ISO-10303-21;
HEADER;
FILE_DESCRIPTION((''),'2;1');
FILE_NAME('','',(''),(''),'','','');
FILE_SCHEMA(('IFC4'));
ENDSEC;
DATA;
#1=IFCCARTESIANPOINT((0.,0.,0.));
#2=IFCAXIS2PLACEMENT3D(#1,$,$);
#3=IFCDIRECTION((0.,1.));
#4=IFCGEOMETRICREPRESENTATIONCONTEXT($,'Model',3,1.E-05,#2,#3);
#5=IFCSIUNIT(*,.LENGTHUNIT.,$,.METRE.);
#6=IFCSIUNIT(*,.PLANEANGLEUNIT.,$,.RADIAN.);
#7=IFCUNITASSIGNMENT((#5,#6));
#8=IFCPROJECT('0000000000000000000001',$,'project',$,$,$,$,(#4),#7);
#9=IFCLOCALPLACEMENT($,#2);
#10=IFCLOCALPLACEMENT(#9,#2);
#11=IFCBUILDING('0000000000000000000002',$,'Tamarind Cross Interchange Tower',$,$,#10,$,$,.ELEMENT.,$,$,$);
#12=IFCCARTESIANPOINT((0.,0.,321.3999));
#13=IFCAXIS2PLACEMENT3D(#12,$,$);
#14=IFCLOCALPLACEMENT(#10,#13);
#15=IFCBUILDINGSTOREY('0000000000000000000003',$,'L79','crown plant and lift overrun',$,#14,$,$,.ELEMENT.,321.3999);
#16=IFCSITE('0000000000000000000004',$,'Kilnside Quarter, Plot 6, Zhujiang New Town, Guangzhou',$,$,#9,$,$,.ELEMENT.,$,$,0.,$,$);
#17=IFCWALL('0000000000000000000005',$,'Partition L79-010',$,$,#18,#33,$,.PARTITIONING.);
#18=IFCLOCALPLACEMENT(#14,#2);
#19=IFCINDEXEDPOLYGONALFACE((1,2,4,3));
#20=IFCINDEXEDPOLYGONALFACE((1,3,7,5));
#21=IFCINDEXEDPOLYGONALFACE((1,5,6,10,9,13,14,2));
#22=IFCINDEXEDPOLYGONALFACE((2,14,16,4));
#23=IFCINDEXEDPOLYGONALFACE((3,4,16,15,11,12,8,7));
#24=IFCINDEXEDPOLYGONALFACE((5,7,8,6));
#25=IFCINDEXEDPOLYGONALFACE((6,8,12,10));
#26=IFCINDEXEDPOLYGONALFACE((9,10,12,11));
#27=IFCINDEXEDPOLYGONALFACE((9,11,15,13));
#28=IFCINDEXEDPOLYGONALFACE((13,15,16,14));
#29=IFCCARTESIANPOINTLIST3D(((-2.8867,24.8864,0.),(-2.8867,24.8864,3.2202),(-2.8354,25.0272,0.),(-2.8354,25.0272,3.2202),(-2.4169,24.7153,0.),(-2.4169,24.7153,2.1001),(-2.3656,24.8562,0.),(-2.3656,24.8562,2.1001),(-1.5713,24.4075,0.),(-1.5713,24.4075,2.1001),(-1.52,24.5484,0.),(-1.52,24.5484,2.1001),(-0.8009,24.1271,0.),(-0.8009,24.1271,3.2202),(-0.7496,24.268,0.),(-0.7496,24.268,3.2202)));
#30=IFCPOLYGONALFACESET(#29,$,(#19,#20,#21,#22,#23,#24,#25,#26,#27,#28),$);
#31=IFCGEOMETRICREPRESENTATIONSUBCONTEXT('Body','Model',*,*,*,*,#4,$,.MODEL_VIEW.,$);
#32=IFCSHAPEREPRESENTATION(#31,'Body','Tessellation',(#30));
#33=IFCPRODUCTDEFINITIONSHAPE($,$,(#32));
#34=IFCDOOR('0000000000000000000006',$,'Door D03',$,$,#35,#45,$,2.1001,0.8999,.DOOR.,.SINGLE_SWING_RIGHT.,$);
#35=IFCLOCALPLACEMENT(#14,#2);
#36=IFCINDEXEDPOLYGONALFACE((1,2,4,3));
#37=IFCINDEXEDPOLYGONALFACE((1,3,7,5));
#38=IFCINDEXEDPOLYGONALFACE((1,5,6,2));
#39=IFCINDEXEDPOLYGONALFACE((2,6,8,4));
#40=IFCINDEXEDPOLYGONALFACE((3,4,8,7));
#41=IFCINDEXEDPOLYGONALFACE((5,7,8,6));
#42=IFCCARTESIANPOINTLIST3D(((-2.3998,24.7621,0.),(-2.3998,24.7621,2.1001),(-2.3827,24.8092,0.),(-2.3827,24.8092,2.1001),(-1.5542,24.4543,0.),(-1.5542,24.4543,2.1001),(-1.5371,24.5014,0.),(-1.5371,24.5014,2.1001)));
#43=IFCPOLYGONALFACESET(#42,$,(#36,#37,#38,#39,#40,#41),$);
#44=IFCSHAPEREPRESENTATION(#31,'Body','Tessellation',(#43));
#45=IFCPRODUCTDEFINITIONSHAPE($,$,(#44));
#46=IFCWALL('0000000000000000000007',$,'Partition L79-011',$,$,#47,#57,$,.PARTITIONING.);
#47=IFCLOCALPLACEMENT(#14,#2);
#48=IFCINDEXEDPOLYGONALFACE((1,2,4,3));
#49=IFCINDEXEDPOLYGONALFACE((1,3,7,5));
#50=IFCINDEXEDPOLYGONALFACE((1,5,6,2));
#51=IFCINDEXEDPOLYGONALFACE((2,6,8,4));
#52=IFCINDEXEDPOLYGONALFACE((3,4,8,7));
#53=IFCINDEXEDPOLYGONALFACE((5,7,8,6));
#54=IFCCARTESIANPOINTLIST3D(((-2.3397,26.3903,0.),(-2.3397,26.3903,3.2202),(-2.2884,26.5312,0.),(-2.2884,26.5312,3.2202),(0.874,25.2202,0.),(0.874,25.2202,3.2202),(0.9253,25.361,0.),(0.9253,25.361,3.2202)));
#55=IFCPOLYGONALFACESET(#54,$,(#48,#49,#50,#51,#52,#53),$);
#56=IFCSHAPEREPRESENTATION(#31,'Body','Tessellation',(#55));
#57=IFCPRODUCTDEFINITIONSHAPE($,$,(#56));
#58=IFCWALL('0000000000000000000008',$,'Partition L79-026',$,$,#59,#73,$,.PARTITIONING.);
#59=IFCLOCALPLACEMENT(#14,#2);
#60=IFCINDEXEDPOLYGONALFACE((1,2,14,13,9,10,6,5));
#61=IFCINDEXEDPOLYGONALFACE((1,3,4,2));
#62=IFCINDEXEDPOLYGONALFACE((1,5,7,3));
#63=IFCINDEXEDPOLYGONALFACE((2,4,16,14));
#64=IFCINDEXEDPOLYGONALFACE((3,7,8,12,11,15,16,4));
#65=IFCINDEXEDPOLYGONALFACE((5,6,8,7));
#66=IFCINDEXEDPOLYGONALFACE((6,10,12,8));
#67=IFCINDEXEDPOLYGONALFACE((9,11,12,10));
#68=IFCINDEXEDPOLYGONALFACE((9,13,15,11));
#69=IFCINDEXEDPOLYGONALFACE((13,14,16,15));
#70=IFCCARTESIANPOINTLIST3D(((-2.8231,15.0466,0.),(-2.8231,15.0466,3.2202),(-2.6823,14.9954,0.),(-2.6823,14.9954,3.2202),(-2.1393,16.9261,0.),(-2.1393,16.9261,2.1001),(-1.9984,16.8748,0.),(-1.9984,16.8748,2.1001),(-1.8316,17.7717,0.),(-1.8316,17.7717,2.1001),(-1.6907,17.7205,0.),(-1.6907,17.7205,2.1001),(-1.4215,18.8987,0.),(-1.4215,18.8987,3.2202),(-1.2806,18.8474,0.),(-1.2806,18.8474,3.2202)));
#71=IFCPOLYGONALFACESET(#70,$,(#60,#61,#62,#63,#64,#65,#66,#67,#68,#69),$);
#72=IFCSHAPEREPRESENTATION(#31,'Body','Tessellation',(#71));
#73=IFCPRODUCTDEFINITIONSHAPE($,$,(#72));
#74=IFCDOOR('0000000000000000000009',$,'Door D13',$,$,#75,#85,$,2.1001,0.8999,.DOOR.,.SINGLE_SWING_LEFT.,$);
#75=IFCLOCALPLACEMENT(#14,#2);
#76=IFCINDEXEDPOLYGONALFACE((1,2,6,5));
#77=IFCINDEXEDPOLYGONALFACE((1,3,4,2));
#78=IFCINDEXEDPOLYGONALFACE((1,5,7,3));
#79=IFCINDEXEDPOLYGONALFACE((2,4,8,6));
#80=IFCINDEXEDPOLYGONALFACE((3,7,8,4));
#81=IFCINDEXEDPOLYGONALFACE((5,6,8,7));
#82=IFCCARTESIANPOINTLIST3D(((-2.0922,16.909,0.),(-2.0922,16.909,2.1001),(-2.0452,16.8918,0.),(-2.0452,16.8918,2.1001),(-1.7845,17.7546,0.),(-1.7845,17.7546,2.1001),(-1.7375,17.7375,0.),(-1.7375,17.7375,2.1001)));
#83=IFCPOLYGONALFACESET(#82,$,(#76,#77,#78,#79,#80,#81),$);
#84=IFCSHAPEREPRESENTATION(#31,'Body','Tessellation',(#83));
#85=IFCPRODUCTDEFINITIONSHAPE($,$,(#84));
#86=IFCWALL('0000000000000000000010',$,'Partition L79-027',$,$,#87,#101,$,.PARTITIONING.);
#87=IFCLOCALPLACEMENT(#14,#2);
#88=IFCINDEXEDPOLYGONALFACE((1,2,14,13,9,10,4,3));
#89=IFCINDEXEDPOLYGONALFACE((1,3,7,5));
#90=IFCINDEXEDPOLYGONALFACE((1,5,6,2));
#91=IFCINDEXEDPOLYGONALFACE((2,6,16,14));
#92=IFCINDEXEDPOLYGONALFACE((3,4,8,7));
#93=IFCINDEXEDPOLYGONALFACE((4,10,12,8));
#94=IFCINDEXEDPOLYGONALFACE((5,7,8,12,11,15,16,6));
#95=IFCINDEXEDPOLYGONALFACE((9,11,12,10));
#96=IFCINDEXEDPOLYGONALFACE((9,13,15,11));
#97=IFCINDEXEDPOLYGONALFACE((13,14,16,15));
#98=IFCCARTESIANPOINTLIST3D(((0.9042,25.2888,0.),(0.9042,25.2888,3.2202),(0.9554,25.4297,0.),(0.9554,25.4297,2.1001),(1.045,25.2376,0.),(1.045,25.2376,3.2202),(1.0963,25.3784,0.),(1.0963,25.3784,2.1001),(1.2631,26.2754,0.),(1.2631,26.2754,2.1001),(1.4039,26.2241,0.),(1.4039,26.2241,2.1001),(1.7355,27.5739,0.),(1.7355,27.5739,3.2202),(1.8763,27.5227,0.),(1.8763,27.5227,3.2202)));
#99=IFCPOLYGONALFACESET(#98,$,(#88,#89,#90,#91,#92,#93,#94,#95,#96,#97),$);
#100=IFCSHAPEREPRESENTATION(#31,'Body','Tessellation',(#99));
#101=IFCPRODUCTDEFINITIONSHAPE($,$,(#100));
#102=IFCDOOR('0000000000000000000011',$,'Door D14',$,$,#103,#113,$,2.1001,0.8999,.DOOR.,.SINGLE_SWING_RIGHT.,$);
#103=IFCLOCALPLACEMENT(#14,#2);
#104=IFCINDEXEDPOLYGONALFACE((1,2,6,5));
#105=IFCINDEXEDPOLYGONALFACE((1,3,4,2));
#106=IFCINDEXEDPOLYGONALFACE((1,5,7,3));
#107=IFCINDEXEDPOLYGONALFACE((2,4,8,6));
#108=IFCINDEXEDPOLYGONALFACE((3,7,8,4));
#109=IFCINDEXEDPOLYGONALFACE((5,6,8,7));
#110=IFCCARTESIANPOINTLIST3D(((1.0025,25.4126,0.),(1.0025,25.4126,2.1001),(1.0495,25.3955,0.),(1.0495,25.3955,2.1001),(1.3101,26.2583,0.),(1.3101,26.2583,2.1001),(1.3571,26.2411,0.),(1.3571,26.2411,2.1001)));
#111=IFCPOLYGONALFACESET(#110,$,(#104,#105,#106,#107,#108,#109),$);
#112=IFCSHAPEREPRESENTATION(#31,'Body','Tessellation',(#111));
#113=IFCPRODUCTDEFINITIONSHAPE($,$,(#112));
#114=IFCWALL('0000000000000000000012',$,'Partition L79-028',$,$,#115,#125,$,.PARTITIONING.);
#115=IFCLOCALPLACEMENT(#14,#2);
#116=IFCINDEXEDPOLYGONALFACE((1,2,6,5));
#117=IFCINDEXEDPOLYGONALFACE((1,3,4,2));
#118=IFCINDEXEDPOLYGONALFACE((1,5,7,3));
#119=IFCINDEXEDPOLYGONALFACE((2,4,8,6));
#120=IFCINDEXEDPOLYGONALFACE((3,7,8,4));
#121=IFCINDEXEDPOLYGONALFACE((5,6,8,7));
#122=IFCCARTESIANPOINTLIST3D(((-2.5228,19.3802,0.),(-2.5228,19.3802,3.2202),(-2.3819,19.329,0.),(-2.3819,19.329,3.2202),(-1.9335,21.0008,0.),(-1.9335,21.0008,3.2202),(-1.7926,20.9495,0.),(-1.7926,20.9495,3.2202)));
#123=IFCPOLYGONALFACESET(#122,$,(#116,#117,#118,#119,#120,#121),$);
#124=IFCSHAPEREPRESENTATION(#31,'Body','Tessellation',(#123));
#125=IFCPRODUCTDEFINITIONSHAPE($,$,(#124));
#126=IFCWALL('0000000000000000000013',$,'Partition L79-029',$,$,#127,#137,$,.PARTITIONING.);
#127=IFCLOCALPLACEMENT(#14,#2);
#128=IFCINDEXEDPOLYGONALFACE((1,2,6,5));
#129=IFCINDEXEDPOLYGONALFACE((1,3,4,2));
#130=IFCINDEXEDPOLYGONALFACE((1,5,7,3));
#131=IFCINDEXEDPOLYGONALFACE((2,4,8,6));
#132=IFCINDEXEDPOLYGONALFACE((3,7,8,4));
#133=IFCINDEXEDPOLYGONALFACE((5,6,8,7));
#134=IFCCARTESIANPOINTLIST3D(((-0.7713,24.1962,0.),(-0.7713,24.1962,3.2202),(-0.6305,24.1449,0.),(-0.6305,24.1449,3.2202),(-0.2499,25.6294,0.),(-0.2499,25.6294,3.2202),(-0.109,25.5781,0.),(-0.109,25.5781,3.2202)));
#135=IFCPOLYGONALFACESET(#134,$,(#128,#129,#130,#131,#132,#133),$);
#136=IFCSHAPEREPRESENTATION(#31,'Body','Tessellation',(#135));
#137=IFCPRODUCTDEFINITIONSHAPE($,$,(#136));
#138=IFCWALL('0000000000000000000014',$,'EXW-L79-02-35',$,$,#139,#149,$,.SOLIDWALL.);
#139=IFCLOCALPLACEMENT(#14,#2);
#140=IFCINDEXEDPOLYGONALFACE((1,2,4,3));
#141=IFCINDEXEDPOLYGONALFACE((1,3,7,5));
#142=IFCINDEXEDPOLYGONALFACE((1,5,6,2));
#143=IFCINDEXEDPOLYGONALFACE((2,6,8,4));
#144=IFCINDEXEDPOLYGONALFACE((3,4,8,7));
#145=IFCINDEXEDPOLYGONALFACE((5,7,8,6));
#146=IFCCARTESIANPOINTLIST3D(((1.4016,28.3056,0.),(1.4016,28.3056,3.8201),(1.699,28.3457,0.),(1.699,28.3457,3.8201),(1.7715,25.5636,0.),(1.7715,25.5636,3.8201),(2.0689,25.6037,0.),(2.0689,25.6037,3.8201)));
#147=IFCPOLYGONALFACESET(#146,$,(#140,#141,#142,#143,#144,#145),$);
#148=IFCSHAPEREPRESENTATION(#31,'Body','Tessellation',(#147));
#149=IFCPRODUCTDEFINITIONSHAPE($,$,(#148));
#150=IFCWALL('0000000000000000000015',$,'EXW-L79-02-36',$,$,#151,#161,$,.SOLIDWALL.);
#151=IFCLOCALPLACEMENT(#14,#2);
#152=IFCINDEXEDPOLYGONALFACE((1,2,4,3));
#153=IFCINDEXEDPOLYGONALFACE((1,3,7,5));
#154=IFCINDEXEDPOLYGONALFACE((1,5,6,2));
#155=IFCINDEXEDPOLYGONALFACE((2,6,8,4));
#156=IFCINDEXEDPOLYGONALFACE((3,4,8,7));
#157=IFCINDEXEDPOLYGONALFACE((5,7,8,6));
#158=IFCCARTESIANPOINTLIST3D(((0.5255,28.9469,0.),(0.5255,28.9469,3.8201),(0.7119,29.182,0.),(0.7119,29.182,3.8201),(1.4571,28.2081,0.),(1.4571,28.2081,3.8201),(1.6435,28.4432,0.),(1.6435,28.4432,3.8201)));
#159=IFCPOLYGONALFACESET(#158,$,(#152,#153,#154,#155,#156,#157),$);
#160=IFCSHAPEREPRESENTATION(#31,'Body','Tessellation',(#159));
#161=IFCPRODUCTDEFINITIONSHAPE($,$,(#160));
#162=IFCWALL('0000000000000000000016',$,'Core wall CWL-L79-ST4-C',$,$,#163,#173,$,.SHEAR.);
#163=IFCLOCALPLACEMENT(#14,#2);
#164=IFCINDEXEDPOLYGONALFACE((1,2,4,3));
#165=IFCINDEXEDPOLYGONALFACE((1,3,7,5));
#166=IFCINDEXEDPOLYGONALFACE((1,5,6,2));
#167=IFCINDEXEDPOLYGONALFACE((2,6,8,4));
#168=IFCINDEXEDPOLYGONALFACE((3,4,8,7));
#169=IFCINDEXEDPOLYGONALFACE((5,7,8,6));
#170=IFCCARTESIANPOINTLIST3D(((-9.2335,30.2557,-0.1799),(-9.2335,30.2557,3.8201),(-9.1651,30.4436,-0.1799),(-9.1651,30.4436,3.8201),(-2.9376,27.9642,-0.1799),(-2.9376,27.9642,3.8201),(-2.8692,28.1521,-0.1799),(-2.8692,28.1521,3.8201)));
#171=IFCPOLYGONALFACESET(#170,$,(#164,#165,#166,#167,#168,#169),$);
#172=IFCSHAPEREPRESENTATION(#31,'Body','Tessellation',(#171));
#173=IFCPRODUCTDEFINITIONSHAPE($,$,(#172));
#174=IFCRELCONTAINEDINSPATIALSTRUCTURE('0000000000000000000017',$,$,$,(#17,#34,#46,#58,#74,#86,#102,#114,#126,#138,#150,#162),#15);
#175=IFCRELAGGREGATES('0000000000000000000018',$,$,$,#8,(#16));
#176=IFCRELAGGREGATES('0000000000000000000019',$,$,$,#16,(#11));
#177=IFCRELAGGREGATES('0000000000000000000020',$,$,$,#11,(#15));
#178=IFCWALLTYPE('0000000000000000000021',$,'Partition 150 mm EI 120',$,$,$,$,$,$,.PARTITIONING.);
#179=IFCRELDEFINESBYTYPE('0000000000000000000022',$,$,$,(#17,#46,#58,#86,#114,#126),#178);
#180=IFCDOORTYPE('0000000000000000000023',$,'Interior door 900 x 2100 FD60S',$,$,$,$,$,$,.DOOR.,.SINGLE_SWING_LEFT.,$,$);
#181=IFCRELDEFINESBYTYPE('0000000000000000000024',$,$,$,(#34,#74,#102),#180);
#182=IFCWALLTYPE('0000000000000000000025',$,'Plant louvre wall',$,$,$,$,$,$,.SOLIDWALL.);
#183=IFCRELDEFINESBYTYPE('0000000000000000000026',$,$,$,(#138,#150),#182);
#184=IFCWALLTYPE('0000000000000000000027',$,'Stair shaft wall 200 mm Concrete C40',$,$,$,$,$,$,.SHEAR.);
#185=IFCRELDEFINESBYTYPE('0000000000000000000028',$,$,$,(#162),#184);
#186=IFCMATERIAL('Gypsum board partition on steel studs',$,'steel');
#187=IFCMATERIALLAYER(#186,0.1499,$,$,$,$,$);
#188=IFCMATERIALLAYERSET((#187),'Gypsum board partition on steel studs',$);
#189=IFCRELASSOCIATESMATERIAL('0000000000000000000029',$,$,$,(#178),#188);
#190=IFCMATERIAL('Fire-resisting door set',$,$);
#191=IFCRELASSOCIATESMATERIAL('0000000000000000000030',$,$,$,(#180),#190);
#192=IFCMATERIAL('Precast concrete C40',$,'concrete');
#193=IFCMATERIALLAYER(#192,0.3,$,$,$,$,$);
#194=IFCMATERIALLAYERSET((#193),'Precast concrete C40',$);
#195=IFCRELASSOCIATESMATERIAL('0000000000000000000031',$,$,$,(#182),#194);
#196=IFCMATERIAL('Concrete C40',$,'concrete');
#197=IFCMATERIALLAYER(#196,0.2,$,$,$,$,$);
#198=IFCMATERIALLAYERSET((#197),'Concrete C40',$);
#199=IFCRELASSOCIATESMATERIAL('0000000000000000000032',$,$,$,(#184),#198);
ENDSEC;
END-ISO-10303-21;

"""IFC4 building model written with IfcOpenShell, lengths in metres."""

from ifc_helpers import new_model, si_unit, direction, frame, frame_2d, origin, place, context, subcontext, project, spatial, rectangle, extrude, material, layer, layer_set, type_object, element, fill, save


model = new_model("IFC4")

# Units and contexts
model_context = context("Model", 3, precision=1e-05, world=origin(), true_north=direction((0.0, 1.0)))
body_context = subcontext(model_context, "Body", "Model", "MODEL_VIEW")
ifc_project = project(units=[si_unit("LENGTHUNIT", "METRE"), si_unit("PLANEANGLEUNIT", "RADIAN")], contexts=[model_context])

# Site, building, storey
site_placement = place(None, origin())
site = spatial("IfcSite", under=ifc_project, at=site_placement, Name="Kilnside Quarter, Plot 6, Zhujiang New Town, Guangzhou", CompositionType="ELEMENT", RefElevation=0.0)
building_placement = place(site_placement, origin())
building = spatial("IfcBuilding", under=site, at=building_placement, Name="Tamarind Cross Interchange Tower", CompositionType="ELEMENT")
storey_placement = place(building_placement, frame((0.0, 0.0, 321.3999)))
storey = spatial("IfcBuildingStorey", under=building, at=storey_placement, Name="L79", Description="crown plant and lift overrun", CompositionType="ELEMENT", Elevation=321.3999)

# Wall, opening, door
ifc_material_1 = material(Name="Gypsum board partition on steel studs", Category="steel")
ifc_layer_1 = layer(ifc_material_1, 0.1499)
ifc_layer_set_1 = layer_set([ifc_layer_1], Name="Gypsum board partition on steel studs")
wall_type_1 = type_object("IfcWallType", Name="Partition 150 mm EI 120", PredefinedType="PARTITIONING", material=ifc_layer_set_1)
wall_1_placement = place(storey_placement, frame((-2.8611, 24.9568, 0.0), z_axis=(0.0, 0.0, 1.0), x_axis=(0.939684, -0.342043, 0.0)))
wall_1 = element("IfcWall", 1, at=wall_1_placement, inside=storey, type_object=wall_type_1, Name="Partition L79-010", PredefinedType="PARTITIONING", context=body_context, shape_type="SweptSolid", body=[
    extrude(rectangle(XDim=2.2197, YDim=0.1499, at=frame_2d((1.1099, 0.0))), origin(), (0.0, 0.0, 1.0), 3.2202),
])
opening_1_placement = place(wall_1_placement, frame((0.5, 0.0, 0.0)))
opening_1 = element("IfcOpeningElement", 2, at=opening_1_placement, cuts=wall_1, PredefinedType="OPENING", context=body_context, shape_type="SweptSolid", body=[
    extrude(rectangle(XDim=0.8999, YDim=2.1001, at=frame_2d((0.45, 1.05))), frame((0.0, 0.085, 0.0), z_axis=(0.0, -1.0, 0.0), x_axis=(1.0, 0.0, 0.0)), (0.0, 0.0, 1.0), 0.1699),
])
ifc_material_2 = material(Name="Fire-resisting door set")
door_type = type_object("IfcDoorType", Name="Interior door 900 x 2100 FD60S", OperationType="SINGLE_SWING_LEFT", PredefinedType="DOOR", material=ifc_material_2)
door_1_placement = place(opening_1_placement, origin())
door_1 = element("IfcDoor", 3, at=door_1_placement, inside=storey, type_object=door_type, Name="Door D03", OperationType="SINGLE_SWING_RIGHT", OverallHeight=2.1001, OverallWidth=0.8999, PredefinedType="DOOR", context=body_context, shape_type="SweptSolid", body=[
    extrude(rectangle(XDim=0.8999, YDim=2.1001, at=frame_2d((0.45, 1.05))), frame((0.0, 0.0249, 0.0), z_axis=(0.0, -1.0, 0.0), x_axis=(1.0, 0.0, 0.0)), (0.0, 0.0, 1.0), 0.05),
])
fill(opening_1, door_1)

# Wall
wall_2_placement = place(storey_placement, frame((-2.314, 26.4607, 0.0), z_axis=(0.0, 0.0, 1.0), x_axis=(0.939654, -0.342127, 0.0)))
element("IfcWall", 4, at=wall_2_placement, inside=storey, type_object=wall_type_1, Name="Partition L79-011", PredefinedType="PARTITIONING", context=body_context, shape_type="SweptSolid", body=[
    extrude(rectangle(XDim=3.4202, YDim=0.1499, at=frame_2d((1.71, 0.0))), origin(), (0.0, 0.0, 1.0), 3.2202),
])

# Walls, openings, doors
wall_3_placement = place(storey_placement, frame((-2.7527, 15.021, 0.0), z_axis=(0.0, 0.0, 1.0), x_axis=(0.34193, 0.939726, 0.0)))
wall_3 = element("IfcWall", 5, at=wall_3_placement, inside=storey, type_object=wall_type_1, Name="Partition L79-026", PredefinedType="PARTITIONING", context=body_context, shape_type="SweptSolid", body=[
    extrude(rectangle(XDim=4.0991, YDim=0.1499, at=frame_2d((2.0496, 0.0))), origin(), (0.0, 0.0, 1.0), 3.2202),
])
opening_2_placement = place(wall_3_placement, frame((2.0, 0.0, 0.0)))
opening_2 = element("IfcOpeningElement", 6, at=opening_2_placement, cuts=wall_3, PredefinedType="OPENING", context=body_context, shape_type="SweptSolid", body=[
    extrude(rectangle(XDim=0.8999, YDim=2.1001, at=frame_2d((0.45, 1.05))), frame((0.0, 0.085, 0.0), z_axis=(0.0, -1.0, 0.0), x_axis=(1.0, 0.0, 0.0)), (0.0, 0.0, 1.0), 0.1699),
])
door_2_placement = place(opening_2_placement, origin())
door_2 = element("IfcDoor", 7, at=door_2_placement, inside=storey, type_object=door_type, Name="Door D13", OperationType="SINGLE_SWING_LEFT", OverallHeight=2.1001, OverallWidth=0.8999, PredefinedType="DOOR", context=body_context, shape_type="SweptSolid", body=[
    extrude(rectangle(XDim=0.8999, YDim=2.1001, at=frame_2d((0.45, 1.05))), frame((0.0, 0.0249, 0.0), z_axis=(0.0, -1.0, 0.0), x_axis=(1.0, 0.0, 0.0)), (0.0, 0.0, 1.0), 0.05),
])
fill(opening_2, door_2)
wall_4_placement = place(storey_placement, frame((0.9746, 25.2632, 0.0), z_axis=(0.0, 0.0, 1.0), x_axis=(0.341864, 0.939749, 0.0)))
wall_4 = element("IfcWall", 8, at=wall_4_placement, inside=storey, type_object=wall_type_1, Name="Partition L79-027", PredefinedType="PARTITIONING", context=body_context, shape_type="SweptSolid", body=[
    extrude(rectangle(XDim=2.4316, YDim=0.1499, at=frame_2d((1.2158, 0.0))), origin(), (0.0, 0.0, 1.0), 3.2202),
])
opening_3_placement = place(wall_4_placement, frame((0.1499, 0.0, 0.0)))
opening_3 = element("IfcOpeningElement", 9, at=opening_3_placement, cuts=wall_4, PredefinedType="OPENING", context=body_context, shape_type="SweptSolid", body=[
    extrude(rectangle(XDim=0.8999, YDim=2.1001, at=frame_2d((0.45, 1.05))), frame((0.0, 0.085, 0.0), z_axis=(0.0, -1.0, 0.0), x_axis=(1.0, 0.0, 0.0)), (0.0, 0.0, 1.0), 0.1699),
])
door_3_placement = place(opening_3_placement, origin())
door_3 = element("IfcDoor", 10, at=door_3_placement, inside=storey, type_object=door_type, Name="Door D14", OperationType="SINGLE_SWING_RIGHT", OverallHeight=2.1001, OverallWidth=0.8999, PredefinedType="DOOR", context=body_context, shape_type="SweptSolid", body=[
    extrude(rectangle(XDim=0.8999, YDim=2.1001, at=frame_2d((0.45, 1.05))), frame((0.0, 0.0249, 0.0), z_axis=(0.0, -1.0, 0.0), x_axis=(1.0, 0.0, 0.0)), (0.0, 0.0, 1.0), 0.05),
])
fill(opening_3, door_3)

# Walls
wall_5_placement = place(storey_placement, frame((-2.4524, 19.3545, 0.0), z_axis=(0.0, 0.0, 1.0), x_axis=(0.341766, 0.939785, 0.0)))
element("IfcWall", 11, at=wall_5_placement, inside=storey, type_object=wall_type_1, Name="Partition L79-028", PredefinedType="PARTITIONING", context=body_context, shape_type="SweptSolid", body=[
    extrude(rectangle(XDim=1.7244, YDim=0.1499, at=frame_2d((0.8623, 0.0))), origin(), (0.0, 0.0, 1.0), 3.2202),
])
wall_6_placement = place(storey_placement, frame((-0.7009, 24.1704, 0.0), z_axis=(0.0, 0.0, 1.0), x_axis=(0.341897, 0.939737, 0.0)))
element("IfcWall", 12, at=wall_6_placement, inside=storey, type_object=wall_type_1, Name="Partition L79-029", PredefinedType="PARTITIONING", context=body_context, shape_type="SweptSolid", body=[
    extrude(rectangle(XDim=1.5251, YDim=0.1499, at=frame_2d((0.7627, 0.0))), origin(), (0.0, 0.0, 1.0), 3.2202),
])

# Shared definitions
ifc_material_3 = material(Name="Precast concrete C40", Category="concrete")
ifc_layer_2 = layer(ifc_material_3, 0.3)
ifc_layer_set_2 = layer_set([ifc_layer_2], Name="Precast concrete C40")
wall_type_2 = type_object("IfcWallType", Name="Plant louvre wall", PredefinedType="SOLIDWALL", material=ifc_layer_set_2)

# Walls
wall_7_placement = place(storey_placement, frame((1.9202, 25.5837, 0.0), z_axis=(0.0, 0.0, 1.0), x_axis=(-0.133684, 0.991024, 0.0)))
element("IfcWall", 13, at=wall_7_placement, inside=storey, type_object=wall_type_2, Name="EXW-L79-02-35", PredefinedType="SOLIDWALL", context=body_context, shape_type="SweptSolid", body=[
    extrude(rectangle(XDim=2.7668, YDim=0.3, at=frame_2d((1.3833, 0.0))), origin(), (0.0, 0.0, 1.0), 3.8201),
])
wall_8_placement = place(storey_placement, frame((1.5503, 28.3257, 0.0), z_axis=(0.0, 0.0, 1.0), x_axis=(-0.783546, 0.621334, 0.0)))
element("IfcWall", 14, at=wall_8_placement, inside=storey, type_object=wall_type_2, Name="EXW-L79-02-36", PredefinedType="SOLIDWALL", context=body_context, shape_type="SweptSolid", body=[
    extrude(rectangle(XDim=1.189, YDim=0.3, at=frame_2d((0.5945, 0.0))), origin(), (0.0, 0.0, 1.0), 3.8201),
])
ifc_material_4 = material(Name="Concrete C40", Category="concrete")
ifc_layer_3 = layer(ifc_material_4, 0.2)
ifc_layer_set_3 = layer_set([ifc_layer_3], Name="Concrete C40")
wall_type_3 = type_object("IfcWallType", Name="Stair shaft wall 200 mm Concrete C40", PredefinedType="SHEAR", material=ifc_layer_set_3)
wall_9_placement = place(storey_placement, frame((-2.9033, 28.0581, -0.1799), z_axis=(0.0, 0.0, 1.0), x_axis=(-0.939693, 0.342018, 0.0)))
element("IfcWall", 15, at=wall_9_placement, inside=storey, type_object=wall_type_3, Name="Core wall CWL-L79-ST4-C", PredefinedType="SHEAR", context=body_context, shape_type="SweptSolid", body=[
    extrude(rectangle(XDim=6.7, YDim=0.2, at=frame_2d((3.3501, 0.0))), origin(), (0.0, 0.0, 1.0), 4.0),
])

save(model, "model.ifc")
